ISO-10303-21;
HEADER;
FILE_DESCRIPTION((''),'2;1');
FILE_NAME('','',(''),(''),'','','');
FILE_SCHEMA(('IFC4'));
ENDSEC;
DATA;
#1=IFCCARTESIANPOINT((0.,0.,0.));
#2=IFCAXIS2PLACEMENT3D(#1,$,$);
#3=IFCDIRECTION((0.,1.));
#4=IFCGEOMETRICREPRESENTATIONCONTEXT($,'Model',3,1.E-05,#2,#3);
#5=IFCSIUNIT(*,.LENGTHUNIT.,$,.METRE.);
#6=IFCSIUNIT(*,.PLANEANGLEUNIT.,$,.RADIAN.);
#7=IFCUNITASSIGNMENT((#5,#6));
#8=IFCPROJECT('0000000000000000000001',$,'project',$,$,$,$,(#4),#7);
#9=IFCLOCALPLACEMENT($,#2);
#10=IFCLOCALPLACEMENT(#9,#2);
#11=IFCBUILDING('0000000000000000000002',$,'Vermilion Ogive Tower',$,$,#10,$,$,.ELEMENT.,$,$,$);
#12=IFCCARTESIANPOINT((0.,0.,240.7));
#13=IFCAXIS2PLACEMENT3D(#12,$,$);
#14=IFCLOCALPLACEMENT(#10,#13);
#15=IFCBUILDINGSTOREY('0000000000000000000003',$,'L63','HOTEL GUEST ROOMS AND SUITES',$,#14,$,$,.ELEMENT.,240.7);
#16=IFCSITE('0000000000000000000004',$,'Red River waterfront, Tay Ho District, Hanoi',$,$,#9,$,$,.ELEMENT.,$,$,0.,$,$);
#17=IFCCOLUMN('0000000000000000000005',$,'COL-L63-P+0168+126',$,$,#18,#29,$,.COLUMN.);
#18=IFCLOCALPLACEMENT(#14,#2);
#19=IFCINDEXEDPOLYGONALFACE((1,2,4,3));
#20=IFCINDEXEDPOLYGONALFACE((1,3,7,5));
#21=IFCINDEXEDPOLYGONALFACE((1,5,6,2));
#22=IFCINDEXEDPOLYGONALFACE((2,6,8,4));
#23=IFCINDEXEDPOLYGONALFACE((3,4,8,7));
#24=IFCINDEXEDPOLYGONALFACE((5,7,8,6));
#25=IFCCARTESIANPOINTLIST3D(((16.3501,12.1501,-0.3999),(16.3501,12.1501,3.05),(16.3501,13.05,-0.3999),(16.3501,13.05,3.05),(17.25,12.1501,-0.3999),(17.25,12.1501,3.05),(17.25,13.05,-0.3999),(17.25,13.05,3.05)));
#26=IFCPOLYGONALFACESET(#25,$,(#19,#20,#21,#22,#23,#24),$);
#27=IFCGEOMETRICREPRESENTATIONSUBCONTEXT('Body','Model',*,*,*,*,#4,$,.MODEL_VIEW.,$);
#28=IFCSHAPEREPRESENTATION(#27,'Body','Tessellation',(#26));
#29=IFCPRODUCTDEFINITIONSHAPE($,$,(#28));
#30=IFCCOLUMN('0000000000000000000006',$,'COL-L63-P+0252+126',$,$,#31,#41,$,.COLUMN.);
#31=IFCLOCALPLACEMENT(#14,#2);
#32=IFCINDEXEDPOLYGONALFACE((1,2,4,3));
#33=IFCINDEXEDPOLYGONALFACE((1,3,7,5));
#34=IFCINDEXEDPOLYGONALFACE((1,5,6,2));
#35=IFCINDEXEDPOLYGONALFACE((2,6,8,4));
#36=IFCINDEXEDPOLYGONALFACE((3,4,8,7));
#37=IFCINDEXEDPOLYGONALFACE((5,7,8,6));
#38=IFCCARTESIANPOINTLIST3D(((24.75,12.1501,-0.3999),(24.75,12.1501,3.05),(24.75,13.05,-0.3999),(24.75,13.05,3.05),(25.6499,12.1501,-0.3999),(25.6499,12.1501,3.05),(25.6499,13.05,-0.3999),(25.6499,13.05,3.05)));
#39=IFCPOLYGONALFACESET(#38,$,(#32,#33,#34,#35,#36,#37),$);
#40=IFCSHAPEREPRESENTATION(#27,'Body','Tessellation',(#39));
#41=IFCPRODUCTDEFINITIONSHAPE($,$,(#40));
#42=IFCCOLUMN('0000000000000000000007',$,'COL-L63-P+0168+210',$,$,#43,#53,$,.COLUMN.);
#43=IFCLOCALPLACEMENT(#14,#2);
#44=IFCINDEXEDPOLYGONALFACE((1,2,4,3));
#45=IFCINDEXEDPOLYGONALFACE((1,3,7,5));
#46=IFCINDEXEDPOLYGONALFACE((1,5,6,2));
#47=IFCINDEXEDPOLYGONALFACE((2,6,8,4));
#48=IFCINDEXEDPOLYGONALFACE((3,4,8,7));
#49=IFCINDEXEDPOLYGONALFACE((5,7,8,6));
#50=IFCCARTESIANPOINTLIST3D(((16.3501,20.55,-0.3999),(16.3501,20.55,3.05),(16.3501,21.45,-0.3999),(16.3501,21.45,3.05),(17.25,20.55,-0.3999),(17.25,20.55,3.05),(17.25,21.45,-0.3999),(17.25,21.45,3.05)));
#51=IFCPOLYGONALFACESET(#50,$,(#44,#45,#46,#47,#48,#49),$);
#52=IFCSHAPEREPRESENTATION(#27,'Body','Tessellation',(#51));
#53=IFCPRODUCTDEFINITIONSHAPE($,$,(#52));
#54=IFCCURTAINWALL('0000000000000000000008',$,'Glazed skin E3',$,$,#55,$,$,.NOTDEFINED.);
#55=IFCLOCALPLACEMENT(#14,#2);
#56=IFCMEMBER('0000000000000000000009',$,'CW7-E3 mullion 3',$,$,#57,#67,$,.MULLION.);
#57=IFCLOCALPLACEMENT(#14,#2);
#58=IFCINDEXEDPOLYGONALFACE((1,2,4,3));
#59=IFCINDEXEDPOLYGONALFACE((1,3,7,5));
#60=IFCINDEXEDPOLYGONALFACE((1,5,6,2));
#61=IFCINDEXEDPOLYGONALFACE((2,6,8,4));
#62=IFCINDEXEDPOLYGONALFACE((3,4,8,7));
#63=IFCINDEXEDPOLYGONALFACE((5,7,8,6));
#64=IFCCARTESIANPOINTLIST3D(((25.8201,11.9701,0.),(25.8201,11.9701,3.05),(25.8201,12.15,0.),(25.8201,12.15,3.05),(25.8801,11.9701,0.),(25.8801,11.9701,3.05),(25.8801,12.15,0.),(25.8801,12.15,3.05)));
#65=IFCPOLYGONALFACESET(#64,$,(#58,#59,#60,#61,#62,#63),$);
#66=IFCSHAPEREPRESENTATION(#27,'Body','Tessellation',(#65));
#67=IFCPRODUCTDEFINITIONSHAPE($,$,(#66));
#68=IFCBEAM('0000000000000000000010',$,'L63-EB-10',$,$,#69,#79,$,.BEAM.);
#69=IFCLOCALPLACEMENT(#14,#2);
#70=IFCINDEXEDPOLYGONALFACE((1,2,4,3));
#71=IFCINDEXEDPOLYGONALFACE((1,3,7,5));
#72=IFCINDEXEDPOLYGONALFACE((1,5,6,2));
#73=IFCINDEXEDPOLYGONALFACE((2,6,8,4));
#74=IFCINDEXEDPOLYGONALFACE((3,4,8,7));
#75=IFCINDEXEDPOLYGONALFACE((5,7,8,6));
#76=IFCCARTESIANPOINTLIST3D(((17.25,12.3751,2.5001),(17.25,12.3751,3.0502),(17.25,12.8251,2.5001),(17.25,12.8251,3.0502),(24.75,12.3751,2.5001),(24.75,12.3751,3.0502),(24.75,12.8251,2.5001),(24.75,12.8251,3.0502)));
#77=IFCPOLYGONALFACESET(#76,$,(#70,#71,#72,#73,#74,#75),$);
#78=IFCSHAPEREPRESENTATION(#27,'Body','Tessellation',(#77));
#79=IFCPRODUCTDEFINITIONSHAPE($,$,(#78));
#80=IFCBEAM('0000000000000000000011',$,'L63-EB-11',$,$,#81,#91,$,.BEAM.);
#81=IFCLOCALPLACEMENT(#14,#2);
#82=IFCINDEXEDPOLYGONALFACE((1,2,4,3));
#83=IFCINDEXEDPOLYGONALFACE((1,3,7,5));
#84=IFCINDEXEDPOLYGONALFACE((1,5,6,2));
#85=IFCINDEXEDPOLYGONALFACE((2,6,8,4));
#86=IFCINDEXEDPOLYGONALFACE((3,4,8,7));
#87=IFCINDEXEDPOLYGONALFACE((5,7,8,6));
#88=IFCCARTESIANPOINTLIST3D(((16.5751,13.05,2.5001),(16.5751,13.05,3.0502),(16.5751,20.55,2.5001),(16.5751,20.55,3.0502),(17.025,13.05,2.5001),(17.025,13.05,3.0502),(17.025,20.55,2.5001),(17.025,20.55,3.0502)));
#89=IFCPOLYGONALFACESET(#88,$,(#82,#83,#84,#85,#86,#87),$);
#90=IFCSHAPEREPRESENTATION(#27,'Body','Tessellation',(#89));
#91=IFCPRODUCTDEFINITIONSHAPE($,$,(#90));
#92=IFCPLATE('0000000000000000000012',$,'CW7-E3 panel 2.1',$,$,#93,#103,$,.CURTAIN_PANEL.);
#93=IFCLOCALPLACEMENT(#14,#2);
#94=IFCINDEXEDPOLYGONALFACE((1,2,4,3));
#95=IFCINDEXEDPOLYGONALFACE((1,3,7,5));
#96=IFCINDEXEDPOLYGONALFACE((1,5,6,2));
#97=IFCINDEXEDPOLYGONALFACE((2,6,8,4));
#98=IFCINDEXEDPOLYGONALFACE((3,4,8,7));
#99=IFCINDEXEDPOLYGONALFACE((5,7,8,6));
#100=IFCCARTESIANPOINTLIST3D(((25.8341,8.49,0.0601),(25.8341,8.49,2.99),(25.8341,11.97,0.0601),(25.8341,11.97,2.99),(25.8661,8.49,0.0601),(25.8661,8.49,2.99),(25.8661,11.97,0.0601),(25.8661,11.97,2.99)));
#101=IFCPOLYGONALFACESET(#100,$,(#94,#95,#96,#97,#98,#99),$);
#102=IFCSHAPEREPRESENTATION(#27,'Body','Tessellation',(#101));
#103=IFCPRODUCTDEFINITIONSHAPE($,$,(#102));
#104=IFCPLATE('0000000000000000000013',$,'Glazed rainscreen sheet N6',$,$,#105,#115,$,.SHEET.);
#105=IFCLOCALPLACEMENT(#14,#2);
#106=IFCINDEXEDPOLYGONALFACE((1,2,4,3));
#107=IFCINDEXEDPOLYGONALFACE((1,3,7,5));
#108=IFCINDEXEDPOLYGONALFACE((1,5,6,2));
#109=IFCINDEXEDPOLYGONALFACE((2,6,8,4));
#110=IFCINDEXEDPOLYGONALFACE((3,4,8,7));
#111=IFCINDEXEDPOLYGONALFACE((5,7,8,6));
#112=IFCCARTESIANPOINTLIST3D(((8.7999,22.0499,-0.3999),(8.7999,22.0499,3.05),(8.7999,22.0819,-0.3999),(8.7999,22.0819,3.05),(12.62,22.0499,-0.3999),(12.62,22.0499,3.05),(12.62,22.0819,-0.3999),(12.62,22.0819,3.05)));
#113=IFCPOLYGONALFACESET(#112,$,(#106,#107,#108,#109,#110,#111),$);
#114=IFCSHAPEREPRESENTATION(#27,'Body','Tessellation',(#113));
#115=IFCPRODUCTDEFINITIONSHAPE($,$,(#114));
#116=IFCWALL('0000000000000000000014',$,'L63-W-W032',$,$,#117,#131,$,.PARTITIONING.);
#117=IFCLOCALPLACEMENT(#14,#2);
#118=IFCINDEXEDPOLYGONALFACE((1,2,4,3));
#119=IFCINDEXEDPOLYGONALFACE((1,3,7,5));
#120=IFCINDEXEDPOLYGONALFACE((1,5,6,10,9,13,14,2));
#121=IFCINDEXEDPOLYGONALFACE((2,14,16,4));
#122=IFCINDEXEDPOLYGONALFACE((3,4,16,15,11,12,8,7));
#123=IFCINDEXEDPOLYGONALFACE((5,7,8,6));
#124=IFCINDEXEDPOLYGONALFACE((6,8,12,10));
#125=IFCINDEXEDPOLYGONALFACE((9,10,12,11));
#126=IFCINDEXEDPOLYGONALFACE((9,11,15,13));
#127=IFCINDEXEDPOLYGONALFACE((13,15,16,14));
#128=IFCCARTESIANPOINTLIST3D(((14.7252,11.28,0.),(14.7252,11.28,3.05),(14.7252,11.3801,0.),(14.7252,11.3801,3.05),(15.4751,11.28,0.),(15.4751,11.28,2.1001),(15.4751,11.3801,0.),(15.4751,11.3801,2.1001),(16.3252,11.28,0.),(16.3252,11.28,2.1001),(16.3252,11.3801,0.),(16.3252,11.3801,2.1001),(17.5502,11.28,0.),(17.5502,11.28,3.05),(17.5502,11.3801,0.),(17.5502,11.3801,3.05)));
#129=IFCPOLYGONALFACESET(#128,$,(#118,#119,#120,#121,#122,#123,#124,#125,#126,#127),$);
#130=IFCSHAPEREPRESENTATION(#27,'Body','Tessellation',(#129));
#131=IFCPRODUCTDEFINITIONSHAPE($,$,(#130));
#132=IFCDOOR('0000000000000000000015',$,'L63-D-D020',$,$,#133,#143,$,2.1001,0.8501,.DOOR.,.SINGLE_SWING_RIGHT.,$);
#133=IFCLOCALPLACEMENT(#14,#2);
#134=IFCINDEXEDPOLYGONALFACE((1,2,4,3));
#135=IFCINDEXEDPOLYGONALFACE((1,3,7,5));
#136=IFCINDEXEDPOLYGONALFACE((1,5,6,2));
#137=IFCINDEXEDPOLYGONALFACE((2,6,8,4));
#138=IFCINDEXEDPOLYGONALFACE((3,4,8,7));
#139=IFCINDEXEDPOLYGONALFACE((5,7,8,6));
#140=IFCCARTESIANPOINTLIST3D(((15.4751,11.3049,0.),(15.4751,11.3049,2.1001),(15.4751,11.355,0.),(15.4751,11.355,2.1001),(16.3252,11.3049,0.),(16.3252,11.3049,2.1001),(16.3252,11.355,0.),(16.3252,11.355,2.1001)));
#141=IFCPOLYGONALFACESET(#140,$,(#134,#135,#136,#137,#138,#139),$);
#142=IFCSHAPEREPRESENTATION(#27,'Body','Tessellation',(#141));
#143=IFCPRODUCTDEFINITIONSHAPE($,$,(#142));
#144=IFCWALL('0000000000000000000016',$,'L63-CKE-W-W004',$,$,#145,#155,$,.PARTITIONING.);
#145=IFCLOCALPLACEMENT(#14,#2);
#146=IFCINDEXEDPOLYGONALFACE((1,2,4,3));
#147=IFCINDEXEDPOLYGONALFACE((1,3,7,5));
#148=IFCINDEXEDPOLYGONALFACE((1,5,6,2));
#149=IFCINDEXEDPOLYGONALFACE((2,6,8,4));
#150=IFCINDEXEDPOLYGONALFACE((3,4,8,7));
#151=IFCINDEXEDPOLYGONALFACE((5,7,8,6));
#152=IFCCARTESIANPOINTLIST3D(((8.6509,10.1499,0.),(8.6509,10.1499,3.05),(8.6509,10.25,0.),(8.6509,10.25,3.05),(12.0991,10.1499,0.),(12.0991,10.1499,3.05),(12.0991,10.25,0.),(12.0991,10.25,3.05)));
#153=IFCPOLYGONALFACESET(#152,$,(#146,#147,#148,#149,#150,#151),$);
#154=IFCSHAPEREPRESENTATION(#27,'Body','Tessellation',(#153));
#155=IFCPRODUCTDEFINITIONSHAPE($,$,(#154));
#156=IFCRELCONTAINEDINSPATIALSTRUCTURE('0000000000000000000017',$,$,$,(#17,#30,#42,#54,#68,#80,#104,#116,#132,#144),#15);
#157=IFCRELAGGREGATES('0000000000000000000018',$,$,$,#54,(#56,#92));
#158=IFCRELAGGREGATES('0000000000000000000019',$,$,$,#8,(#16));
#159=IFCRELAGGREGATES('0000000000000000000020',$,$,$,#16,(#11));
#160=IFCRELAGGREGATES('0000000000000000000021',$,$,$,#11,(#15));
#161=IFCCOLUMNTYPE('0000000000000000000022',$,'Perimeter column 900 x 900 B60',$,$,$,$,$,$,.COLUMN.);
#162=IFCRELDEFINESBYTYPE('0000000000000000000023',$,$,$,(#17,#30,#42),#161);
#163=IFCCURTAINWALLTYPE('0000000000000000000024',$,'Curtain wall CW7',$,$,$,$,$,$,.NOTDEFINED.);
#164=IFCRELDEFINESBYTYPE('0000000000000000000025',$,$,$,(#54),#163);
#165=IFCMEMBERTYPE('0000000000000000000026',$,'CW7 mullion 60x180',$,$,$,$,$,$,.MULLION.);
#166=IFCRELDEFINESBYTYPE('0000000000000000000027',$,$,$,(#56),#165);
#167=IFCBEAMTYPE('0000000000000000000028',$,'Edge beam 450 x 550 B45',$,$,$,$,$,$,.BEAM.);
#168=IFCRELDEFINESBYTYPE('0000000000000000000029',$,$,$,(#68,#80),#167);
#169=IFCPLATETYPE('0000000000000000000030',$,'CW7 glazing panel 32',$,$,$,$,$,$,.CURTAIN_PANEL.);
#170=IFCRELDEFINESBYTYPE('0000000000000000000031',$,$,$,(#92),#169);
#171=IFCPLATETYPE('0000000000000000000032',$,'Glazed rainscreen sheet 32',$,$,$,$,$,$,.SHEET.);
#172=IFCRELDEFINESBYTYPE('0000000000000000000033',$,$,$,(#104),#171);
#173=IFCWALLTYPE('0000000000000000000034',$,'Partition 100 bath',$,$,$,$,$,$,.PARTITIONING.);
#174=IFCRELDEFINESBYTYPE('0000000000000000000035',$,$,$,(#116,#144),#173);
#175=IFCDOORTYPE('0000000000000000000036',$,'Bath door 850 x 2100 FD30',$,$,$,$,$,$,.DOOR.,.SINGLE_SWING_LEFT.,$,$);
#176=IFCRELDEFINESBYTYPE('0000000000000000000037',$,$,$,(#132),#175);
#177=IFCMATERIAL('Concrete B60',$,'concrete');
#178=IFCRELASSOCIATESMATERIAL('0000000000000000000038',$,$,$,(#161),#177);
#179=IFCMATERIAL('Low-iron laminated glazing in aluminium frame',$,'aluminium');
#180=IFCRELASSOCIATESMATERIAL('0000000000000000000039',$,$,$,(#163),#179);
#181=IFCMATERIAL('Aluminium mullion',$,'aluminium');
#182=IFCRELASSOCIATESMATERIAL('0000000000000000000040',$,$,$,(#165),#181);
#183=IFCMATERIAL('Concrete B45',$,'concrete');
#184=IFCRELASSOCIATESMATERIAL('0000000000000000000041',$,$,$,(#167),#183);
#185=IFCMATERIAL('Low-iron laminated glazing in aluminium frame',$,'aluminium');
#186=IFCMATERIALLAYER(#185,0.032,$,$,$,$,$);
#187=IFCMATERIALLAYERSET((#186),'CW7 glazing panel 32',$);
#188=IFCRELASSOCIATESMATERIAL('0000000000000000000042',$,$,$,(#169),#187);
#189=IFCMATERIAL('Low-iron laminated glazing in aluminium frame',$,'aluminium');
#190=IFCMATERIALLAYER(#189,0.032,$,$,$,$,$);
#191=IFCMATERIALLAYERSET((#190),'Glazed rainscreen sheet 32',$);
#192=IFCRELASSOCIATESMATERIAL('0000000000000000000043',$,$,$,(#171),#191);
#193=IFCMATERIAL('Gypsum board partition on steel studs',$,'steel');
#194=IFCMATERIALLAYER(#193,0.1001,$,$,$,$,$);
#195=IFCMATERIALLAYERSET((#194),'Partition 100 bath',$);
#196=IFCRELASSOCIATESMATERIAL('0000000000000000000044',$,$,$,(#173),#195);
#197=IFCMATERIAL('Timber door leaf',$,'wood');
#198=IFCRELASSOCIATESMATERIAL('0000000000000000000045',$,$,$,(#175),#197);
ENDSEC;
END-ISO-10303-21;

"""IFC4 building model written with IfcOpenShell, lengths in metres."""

from ifc_helpers import new_model, si_unit, direction, frame, frame_2d, origin, origin_2d, place, context, subcontext, project, spatial, rectangle, extrude, material, layer, layer_set, material_profile, profile_set, type_object, element, fill, aggregate, save


model = new_model("IFC4")

# Units and contexts
model_context = context("Model", 3, precision=1e-05, world=origin(), true_north=direction((0.0, 1.0)))
body_context = subcontext(model_context, "Body", "Model", "MODEL_VIEW")
ifc_project = project(units=[si_unit("LENGTHUNIT", "METRE"), si_unit("PLANEANGLEUNIT", "RADIAN")], contexts=[model_context])

# Site, building, storey
site_placement = place(None, origin())
site = spatial("IfcSite", under=ifc_project, at=site_placement, Name="Red River waterfront, Tay Ho District, Hanoi", CompositionType="ELEMENT", RefElevation=0.0)
building_placement = place(site_placement, origin())
building = spatial("IfcBuilding", under=site, at=building_placement, Name="Vermilion Ogive Tower", CompositionType="ELEMENT")
storey_placement = place(building_placement, frame((0.0, 0.0, 240.7)))
storey = spatial("IfcBuildingStorey", under=building, at=storey_placement, Name="L63", Description="HOTEL GUEST ROOMS AND SUITES", CompositionType="ELEMENT", Elevation=240.7)

# Columns
ifc_material_1 = material(Name="Concrete B60", Category="concrete")
ifc_material_profile_1 = material_profile(ifc_material_1, rectangle(XDim=0.8999, YDim=0.8999, at=origin_2d()), Name="900 x 900")
ifc_profile_set_1 = profile_set([ifc_material_profile_1], Name="Concrete B60")
column_type = type_object("IfcColumnType", Name="Perimeter column 900 x 900 B60", PredefinedType="COLUMN", material=ifc_profile_set_1)
for number, where, z_axis, x_axis, name in (
    (1, (16.8, 12.6001, -0.3999), (0.0, 0.0, 1.0), (1.0, 0.0, 0.0), "COL-L63-P+0168+126"),
    (2, (25.2, 12.6001, -0.3999), (0.0, 0.0, 1.0), (1.0, 0.0, 0.0), "COL-L63-P+0252+126"),
    (3, (16.8, 21.0, -0.3999), (0.0, 0.0, 1.0), (1.0, 0.0, 0.0), "COL-L63-P+0168+210"),
):
    element("IfcColumn", number, at=place(storey_placement, frame(where, z_axis=z_axis, x_axis=x_axis)), inside=storey, type_object=column_type, Name=name, PredefinedType="COLUMN", context=body_context, shape_type="SweptSolid", body=[
        extrude(rectangle(XDim=0.8999, YDim=0.8999, at=origin_2d()), origin(), (0.0, 0.0, 1.0), 3.45),
    ])

# Curtain wall, member
ifc_material_2 = material(Name="Low-iron laminated glazing in aluminium frame", Category="aluminium")
curtain_wall_type = type_object("IfcCurtainWallType", Name="Curtain wall CW7", PredefinedType="NOTDEFINED", material=ifc_material_2)
curtain_wall_placement = place(storey_placement, origin())
curtain_wall = element("IfcCurtainWall", 4, at=curtain_wall_placement, inside=storey, type_object=curtain_wall_type, Name="Glazed skin E3", PredefinedType="NOTDEFINED")
ifc_material_3 = material(Name="Aluminium mullion", Category="aluminium")
ifc_material_profile_2 = material_profile(ifc_material_3, rectangle(XDim=0.0601, YDim=0.1799, at=origin_2d()), Name="AL 60x180")
ifc_profile_set_2 = profile_set([ifc_material_profile_2], Name="Aluminium mullion")
member_type = type_object("IfcMemberType", Name="CW7 mullion 60x180", PredefinedType="MULLION", material=ifc_profile_set_2)
member_placement = place(storey_placement, frame((25.8501, 12.0601, 0.0), z_axis=(0.0, 0.0, 1.0), x_axis=(-1.0, 0.0, 0.0)))
member = element("IfcMember", 5, at=member_placement, type_object=member_type, Name="CW7-E3 mullion 3", PredefinedType="MULLION", context=body_context, shape_type="SweptSolid", body=[
    extrude(rectangle(XDim=0.0601, YDim=0.1799, at=origin_2d()), origin(), (0.0, 0.0, 1.0), 3.05),
])

# Beams
ifc_material_4 = material(Name="Concrete B45", Category="concrete")
ifc_material_profile_3 = material_profile(ifc_material_4, rectangle(XDim=0.45, YDim=0.55, at=origin_2d()), Name="450 x 550")
ifc_profile_set_3 = profile_set([ifc_material_profile_3], Name="Concrete B45")
beam_type = type_object("IfcBeamType", Name="Edge beam 450 x 550 B45", PredefinedType="BEAM", material=ifc_profile_set_3)
for number, where, z_axis, x_axis, name in (
    (6, (24.75, 12.6001, 2.7751), (-1.0, 0.0, 0.0), (0.0, -1.0, 0.0), "L63-EB-10"),
    (7, (16.8, 13.05, 2.7751), (0.0, 1.0, 0.0), (-1.0, 0.0, 0.0), "L63-EB-11"),
):
    element("IfcBeam", number, at=place(storey_placement, frame(where, z_axis=z_axis, x_axis=x_axis)), inside=storey, type_object=beam_type, Name=name, PredefinedType="BEAM", context=body_context, shape_type="SweptSolid", body=[
        extrude(rectangle(XDim=0.45, YDim=0.55, at=origin_2d()), origin(), (0.0, 0.0, 1.0), 7.5),
    ])

# Plates
ifc_material_5 = material(Name="Low-iron laminated glazing in aluminium frame", Category="aluminium")
ifc_layer_1 = layer(ifc_material_5, 0.032)
ifc_layer_set_1 = layer_set([ifc_layer_1], Name="CW7 glazing panel 32")
plate_type_1 = type_object("IfcPlateType", Name="CW7 glazing panel 32", PredefinedType="CURTAIN_PANEL", material=ifc_layer_set_1)
plate_1_placement = place(storey_placement, frame((25.8501, 10.23, 0.0601), z_axis=(0.0, 0.0, 1.0), x_axis=(0.0, 1.0, 0.0)))
plate_1 = element("IfcPlate", 8, at=plate_1_placement, type_object=plate_type_1, Name="CW7-E3 panel 2.1", PredefinedType="CURTAIN_PANEL", context=body_context, shape_type="SweptSolid", body=[
    extrude(rectangle(XDim=3.48, YDim=0.032, at=origin_2d()), origin(), (0.0, 0.0, 1.0), 2.9299),
])
aggregate(curtain_wall, [member, plate_1])
ifc_material_6 = material(Name="Low-iron laminated glazing in aluminium frame", Category="aluminium")
ifc_layer_2 = layer(ifc_material_6, 0.032)
ifc_layer_set_2 = layer_set([ifc_layer_2], Name="Glazed rainscreen sheet 32")
plate_type_2 = type_object("IfcPlateType", Name="Glazed rainscreen sheet 32", PredefinedType="SHEET", material=ifc_layer_set_2)
plate_2_placement = place(storey_placement, frame((10.71, 22.0659, -0.3999), z_axis=(0.0, 0.0, 1.0), x_axis=(1.0, 0.0, 0.0)))
element("IfcPlate", 9, at=plate_2_placement, inside=storey, type_object=plate_type_2, Name="Glazed rainscreen sheet N6", PredefinedType="SHEET", context=body_context, shape_type="SweptSolid", body=[
    extrude(rectangle(XDim=3.8201, YDim=0.032, at=origin_2d()), origin(), (0.0, 0.0, 1.0), 3.45),
])

# Wall, opening, door
ifc_material_7 = material(Name="Gypsum board partition on steel studs", Category="steel")
ifc_layer_3 = layer(ifc_material_7, 0.1001)
ifc_layer_set_3 = layer_set([ifc_layer_3], Name="Partition 100 bath")
wall_type_1 = type_object("IfcWallType", Name="Partition 100 bath", PredefinedType="PARTITIONING", material=ifc_layer_set_3)
wall_1_placement = place(storey_placement, frame((14.7251, 11.3301, 0.0), z_axis=(0.0, 0.0, 1.0), x_axis=(1.0, 0.0, 0.0)))
wall_1 = element("IfcWall", 10, at=wall_1_placement, inside=storey, type_object=wall_type_1, Name="L63-W-W032", PredefinedType="PARTITIONING", context=body_context, shape_type="SweptSolid", body=[
    extrude(rectangle(XDim=2.825, YDim=0.1001, at=frame_2d((1.4126, 0.0))), origin(), (0.0, 0.0, 1.0), 3.05),
])
opening_1_placement = place(wall_1_placement, frame((0.75, 0.0, 0.0)))
opening_1 = element("IfcOpeningElement", 11, at=opening_1_placement, cuts=wall_1, PredefinedType="OPENING", context=body_context, shape_type="SweptSolid", body=[
    extrude(rectangle(XDim=0.8501, YDim=2.1001, at=frame_2d((0.425, 1.05))), frame((0.0, 0.0601, 0.0), z_axis=(0.0, -1.0, 0.0), x_axis=(1.0, 0.0, 0.0)), (0.0, 0.0, 1.0), 0.1201),
])
ifc_material_8 = material(Name="Timber door leaf", Category="wood")
door_type_1 = type_object("IfcDoorType", Name="Bath door 850 x 2100 FD30", OperationType="SINGLE_SWING_LEFT", PredefinedType="DOOR", material=ifc_material_8)
door_1_placement = place(opening_1_placement, origin())
door_1 = element("IfcDoor", 12, at=door_1_placement, inside=storey, type_object=door_type_1, Name="L63-D-D020", OperationType="SINGLE_SWING_RIGHT", OverallHeight=2.1001, OverallWidth=0.8501, PredefinedType="DOOR", context=body_context, shape_type="SweptSolid", body=[
    extrude(rectangle(XDim=0.8501, YDim=2.1001, at=frame_2d((0.425, 1.05))), frame((0.0, 0.0249, 0.0), z_axis=(0.0, -1.0, 0.0), x_axis=(1.0, 0.0, 0.0)), (0.0, 0.0, 1.0), 0.05),
])
fill(opening_1, door_1)

# Wall
wall_2_placement = place(storey_placement, frame((8.6509, 10.2, 0.0), z_axis=(0.0, 0.0, 1.0), x_axis=(1.0, 0.0, 0.0)))
element("IfcWall", 13, at=wall_2_placement, inside=storey, type_object=wall_type_1, Name="L63-CKE-W-W004", PredefinedType="PARTITIONING", context=body_context, shape_type="SweptSolid", body=[
    extrude(rectangle(XDim=3.4482, YDim=0.1001, at=frame_2d((1.7241, 0.0))), origin(), (0.0, 0.0, 1.0), 3.05),
])

save(model, "model.ifc")
